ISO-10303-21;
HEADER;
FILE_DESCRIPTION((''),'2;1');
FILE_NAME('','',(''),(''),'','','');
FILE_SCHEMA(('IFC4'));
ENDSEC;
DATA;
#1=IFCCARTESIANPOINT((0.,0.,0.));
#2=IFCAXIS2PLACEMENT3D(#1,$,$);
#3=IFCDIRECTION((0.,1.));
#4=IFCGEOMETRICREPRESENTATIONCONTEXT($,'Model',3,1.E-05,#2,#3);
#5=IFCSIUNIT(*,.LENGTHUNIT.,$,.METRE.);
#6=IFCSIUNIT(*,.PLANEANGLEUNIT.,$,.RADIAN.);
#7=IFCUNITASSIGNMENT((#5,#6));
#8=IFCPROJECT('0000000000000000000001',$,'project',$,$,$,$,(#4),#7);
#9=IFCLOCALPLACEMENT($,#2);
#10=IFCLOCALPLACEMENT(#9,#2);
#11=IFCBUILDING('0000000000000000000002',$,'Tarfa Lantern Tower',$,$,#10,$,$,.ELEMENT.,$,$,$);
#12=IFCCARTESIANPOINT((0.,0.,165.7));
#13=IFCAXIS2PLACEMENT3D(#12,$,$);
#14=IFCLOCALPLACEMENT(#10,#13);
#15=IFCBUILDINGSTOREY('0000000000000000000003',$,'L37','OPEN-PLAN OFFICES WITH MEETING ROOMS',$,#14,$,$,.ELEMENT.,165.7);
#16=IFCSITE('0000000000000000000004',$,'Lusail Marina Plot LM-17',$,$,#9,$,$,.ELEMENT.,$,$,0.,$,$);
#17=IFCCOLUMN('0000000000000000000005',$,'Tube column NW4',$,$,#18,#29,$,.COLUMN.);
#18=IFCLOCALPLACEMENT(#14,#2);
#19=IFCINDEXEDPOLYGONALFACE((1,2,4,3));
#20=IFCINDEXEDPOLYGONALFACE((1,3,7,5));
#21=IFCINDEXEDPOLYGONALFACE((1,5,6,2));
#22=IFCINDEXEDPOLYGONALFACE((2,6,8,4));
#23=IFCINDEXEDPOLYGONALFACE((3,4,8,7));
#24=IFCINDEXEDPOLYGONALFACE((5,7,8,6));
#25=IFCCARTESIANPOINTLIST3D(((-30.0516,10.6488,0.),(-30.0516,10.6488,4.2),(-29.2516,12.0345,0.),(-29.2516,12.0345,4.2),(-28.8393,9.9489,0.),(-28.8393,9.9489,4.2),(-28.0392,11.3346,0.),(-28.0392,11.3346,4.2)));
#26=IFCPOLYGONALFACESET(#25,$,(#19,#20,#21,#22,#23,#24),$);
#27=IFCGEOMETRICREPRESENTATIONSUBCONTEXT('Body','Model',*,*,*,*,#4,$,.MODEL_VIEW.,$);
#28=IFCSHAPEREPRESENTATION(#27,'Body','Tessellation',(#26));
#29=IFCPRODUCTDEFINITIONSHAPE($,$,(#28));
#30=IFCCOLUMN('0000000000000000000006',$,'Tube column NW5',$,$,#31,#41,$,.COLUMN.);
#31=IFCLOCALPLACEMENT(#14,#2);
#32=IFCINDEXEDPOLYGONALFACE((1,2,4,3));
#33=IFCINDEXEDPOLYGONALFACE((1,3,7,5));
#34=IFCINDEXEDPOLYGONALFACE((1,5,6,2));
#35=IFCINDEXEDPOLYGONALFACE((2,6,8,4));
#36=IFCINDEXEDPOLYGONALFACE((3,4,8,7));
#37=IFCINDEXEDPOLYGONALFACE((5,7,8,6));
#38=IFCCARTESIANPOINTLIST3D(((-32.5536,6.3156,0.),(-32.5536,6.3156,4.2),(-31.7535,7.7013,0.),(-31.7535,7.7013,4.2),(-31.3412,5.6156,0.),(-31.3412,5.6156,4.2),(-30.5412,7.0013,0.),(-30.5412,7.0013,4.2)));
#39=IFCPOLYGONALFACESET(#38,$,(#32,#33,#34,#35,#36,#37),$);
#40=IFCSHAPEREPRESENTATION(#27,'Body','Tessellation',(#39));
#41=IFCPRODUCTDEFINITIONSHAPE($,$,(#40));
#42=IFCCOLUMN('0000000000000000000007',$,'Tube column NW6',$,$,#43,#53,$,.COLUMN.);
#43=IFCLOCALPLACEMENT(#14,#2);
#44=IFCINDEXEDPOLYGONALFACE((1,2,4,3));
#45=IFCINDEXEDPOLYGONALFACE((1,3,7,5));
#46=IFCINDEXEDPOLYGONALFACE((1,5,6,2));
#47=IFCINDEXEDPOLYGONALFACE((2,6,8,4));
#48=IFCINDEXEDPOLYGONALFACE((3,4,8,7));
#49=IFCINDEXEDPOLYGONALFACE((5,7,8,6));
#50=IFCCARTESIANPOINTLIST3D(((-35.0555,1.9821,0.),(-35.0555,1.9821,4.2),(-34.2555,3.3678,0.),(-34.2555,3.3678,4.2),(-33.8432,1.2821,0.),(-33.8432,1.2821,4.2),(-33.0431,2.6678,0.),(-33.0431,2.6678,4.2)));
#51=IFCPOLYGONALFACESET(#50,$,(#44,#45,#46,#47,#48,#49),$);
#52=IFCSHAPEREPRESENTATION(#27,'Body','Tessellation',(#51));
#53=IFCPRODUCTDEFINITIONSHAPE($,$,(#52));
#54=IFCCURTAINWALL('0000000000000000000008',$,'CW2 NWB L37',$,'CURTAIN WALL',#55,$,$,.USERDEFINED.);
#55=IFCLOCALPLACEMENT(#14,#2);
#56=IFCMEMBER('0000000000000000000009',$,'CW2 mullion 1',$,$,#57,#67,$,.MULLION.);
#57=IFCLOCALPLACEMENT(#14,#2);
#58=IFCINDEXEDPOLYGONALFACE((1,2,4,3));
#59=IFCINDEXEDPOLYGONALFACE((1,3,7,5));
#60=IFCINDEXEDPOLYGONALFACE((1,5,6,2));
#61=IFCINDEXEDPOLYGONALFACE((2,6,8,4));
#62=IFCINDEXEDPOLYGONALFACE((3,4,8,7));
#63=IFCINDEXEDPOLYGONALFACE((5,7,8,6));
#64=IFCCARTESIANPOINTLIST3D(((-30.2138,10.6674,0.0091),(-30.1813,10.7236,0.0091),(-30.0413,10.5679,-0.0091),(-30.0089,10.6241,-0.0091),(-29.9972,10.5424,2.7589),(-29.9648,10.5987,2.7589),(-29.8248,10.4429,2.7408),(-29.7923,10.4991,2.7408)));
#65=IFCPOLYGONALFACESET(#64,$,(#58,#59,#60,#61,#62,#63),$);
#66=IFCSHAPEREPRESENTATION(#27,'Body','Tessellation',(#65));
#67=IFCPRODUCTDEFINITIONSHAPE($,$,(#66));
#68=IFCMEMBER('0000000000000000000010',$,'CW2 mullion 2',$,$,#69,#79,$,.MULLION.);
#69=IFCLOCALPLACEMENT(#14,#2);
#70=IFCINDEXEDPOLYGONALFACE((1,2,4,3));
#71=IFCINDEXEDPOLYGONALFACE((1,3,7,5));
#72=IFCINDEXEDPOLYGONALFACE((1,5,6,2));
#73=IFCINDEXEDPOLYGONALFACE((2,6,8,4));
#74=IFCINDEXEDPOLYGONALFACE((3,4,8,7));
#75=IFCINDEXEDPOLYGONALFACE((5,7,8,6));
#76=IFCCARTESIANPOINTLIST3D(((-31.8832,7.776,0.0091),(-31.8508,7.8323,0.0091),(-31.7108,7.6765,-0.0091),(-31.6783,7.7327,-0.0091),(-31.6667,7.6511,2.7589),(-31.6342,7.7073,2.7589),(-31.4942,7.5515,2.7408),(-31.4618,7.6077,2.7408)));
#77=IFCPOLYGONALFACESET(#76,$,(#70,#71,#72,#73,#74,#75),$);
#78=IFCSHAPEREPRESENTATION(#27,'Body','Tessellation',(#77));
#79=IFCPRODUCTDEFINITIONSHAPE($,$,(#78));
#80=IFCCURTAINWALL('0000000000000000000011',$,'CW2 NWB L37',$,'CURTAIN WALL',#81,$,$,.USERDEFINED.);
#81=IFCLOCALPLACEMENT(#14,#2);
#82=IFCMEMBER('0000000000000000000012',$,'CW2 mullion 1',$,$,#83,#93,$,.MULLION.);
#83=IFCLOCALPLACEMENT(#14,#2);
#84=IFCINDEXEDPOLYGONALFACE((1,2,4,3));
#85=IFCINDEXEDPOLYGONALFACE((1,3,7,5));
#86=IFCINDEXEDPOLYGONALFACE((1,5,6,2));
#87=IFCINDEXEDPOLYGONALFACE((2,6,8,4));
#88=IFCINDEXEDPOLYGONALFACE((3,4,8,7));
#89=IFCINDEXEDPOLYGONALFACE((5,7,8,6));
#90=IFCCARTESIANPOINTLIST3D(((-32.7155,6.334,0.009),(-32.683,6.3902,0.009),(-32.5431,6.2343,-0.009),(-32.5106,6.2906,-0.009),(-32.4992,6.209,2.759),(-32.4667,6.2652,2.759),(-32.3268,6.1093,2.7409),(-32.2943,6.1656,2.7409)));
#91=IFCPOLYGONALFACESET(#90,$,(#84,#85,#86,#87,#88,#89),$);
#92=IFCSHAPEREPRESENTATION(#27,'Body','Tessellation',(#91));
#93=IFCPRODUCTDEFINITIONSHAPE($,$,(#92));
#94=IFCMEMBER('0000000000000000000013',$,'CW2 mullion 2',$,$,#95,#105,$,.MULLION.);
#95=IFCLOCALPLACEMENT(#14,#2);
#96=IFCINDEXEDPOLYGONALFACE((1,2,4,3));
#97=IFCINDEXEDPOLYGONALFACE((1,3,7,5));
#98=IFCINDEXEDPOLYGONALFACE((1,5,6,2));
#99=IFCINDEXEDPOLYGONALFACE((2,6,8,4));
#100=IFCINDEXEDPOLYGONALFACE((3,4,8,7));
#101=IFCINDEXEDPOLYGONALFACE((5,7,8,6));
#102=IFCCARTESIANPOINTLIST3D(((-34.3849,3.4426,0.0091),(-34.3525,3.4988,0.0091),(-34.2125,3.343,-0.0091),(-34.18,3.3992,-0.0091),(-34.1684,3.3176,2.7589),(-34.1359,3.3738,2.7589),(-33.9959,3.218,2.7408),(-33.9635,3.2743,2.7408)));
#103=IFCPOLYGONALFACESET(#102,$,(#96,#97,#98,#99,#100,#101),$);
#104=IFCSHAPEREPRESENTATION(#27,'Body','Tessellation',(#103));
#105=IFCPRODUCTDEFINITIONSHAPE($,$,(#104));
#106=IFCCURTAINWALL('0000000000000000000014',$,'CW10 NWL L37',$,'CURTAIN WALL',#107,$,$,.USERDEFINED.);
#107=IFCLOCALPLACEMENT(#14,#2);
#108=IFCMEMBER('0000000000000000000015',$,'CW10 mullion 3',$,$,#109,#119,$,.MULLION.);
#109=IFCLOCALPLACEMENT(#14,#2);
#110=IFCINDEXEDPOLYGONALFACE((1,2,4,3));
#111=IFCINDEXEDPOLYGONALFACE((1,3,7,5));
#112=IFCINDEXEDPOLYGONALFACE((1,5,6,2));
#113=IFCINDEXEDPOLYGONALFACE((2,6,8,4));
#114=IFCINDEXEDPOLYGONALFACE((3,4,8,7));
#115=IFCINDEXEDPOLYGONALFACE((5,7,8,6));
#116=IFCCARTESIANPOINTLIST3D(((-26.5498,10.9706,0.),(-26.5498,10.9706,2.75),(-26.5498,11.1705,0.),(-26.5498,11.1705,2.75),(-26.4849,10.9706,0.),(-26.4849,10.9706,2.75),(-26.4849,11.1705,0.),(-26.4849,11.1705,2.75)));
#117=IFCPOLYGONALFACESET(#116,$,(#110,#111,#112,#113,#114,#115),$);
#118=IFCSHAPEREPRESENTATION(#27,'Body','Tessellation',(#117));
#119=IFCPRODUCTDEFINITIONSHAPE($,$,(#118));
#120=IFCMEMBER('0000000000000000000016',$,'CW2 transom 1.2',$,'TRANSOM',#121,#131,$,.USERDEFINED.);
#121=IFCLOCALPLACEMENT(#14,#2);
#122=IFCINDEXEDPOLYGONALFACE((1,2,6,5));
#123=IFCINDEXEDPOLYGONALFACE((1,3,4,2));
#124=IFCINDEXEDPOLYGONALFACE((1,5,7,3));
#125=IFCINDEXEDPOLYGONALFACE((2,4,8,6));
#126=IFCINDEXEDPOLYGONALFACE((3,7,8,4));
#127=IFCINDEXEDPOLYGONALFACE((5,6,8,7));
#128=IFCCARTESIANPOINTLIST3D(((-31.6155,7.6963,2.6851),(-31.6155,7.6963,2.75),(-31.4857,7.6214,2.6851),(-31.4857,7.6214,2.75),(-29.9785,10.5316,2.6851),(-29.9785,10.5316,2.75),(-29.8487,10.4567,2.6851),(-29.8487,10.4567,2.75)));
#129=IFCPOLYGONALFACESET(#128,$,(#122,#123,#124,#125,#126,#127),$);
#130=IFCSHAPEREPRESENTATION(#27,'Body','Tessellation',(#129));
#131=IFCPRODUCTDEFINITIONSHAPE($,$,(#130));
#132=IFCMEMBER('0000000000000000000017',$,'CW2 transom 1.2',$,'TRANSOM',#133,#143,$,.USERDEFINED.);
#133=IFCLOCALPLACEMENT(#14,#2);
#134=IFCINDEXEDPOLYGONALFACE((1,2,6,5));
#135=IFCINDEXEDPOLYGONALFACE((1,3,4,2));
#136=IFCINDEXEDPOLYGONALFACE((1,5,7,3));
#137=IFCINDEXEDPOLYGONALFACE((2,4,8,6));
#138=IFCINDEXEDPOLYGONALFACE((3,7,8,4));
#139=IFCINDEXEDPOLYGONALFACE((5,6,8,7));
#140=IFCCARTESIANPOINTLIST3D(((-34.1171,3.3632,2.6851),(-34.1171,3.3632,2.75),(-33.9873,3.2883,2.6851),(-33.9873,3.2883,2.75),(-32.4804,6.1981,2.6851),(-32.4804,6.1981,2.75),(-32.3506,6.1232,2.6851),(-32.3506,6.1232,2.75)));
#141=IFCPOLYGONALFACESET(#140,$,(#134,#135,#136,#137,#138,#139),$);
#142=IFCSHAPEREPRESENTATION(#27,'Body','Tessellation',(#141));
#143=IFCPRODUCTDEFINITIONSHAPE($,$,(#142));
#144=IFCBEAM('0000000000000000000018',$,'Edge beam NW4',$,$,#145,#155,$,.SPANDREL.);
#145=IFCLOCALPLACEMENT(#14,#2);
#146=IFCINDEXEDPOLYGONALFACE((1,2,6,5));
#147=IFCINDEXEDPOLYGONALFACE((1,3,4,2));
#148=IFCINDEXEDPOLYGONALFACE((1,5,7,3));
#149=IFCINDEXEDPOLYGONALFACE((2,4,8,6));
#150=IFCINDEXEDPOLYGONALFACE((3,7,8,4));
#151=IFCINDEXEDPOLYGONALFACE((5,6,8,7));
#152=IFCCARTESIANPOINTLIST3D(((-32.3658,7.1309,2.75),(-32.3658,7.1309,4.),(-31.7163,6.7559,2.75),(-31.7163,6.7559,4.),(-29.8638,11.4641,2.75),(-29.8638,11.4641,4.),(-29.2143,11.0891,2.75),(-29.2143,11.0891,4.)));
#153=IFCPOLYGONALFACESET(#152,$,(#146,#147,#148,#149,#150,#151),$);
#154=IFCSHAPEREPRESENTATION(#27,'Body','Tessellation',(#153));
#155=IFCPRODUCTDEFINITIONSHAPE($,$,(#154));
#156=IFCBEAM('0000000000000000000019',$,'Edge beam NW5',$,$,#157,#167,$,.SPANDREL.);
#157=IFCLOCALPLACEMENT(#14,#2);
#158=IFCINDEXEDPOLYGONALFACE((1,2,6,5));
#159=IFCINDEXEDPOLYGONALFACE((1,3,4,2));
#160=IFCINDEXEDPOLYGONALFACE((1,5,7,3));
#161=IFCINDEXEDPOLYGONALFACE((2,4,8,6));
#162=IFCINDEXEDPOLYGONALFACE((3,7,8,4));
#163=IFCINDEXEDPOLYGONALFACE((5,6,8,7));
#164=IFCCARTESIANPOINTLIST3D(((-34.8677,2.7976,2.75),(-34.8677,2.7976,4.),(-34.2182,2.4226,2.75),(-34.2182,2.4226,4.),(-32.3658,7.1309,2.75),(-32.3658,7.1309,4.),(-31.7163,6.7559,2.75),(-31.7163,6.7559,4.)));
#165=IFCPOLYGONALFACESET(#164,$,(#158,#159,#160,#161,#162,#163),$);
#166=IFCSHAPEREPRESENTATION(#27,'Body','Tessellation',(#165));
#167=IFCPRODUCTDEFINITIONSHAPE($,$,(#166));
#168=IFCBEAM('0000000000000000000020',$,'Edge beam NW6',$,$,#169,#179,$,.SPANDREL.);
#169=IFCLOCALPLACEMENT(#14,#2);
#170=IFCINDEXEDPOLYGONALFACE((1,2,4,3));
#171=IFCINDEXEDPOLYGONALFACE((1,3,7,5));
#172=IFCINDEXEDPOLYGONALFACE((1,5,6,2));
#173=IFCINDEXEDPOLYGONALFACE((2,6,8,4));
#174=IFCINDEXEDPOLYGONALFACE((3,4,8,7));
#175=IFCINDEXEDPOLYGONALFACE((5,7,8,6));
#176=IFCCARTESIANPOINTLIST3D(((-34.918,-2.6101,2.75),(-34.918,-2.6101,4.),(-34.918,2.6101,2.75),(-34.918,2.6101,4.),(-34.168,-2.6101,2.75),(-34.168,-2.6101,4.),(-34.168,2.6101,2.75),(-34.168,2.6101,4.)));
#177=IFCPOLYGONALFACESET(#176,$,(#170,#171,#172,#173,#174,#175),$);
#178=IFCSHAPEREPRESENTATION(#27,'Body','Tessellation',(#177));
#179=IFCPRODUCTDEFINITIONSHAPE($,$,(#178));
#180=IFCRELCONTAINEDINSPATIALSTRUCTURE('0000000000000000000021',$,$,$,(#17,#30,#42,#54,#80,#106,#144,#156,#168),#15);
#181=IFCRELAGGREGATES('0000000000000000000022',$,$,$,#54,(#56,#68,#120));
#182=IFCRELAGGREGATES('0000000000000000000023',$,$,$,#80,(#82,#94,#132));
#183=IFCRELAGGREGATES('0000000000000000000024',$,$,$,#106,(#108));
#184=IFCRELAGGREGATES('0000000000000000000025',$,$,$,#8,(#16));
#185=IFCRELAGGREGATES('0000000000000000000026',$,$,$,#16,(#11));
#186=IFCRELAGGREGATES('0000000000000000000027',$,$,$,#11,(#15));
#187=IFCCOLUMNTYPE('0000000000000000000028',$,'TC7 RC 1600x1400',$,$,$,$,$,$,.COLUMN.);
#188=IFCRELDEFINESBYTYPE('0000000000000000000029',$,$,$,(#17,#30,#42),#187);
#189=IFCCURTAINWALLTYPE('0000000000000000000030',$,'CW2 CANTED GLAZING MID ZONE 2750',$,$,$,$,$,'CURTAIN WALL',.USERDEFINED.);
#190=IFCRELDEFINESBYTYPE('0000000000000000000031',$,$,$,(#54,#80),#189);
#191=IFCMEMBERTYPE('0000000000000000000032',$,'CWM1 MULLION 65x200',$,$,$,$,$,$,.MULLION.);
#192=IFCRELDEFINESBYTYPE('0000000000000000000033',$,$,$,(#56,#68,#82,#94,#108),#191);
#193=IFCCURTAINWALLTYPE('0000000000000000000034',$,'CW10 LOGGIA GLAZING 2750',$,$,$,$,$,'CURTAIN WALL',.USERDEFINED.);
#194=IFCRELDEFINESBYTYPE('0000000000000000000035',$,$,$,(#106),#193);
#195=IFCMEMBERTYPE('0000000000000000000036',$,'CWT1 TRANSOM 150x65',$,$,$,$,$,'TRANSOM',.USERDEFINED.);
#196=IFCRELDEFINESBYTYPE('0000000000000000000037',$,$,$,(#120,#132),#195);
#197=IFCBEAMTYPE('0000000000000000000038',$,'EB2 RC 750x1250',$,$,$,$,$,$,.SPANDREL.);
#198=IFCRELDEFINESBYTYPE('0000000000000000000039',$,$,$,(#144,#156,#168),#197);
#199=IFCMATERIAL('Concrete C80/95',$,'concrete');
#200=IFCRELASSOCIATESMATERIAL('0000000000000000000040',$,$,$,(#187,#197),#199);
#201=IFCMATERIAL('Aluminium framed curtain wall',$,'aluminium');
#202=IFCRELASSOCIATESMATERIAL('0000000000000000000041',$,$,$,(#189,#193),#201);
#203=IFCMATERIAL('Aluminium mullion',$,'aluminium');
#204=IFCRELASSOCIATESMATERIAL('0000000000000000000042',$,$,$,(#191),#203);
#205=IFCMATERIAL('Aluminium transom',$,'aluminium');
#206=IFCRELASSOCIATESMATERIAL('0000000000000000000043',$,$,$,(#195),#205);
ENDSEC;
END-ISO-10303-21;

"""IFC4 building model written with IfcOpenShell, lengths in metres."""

from ifc_helpers import new_model, si_unit, direction, frame, origin, origin_2d, place, context, subcontext, project, spatial, rectangle, extrude, material, material_profile, profile_set, type_object, element, aggregate, save


model = new_model("IFC4")

# Units and contexts
model_context = context("Model", 3, precision=1e-05, world=origin(), true_north=direction((0.0, 1.0)))
body_context = subcontext(model_context, "Body", "Model", "MODEL_VIEW")
ifc_project = project(units=[si_unit("LENGTHUNIT", "METRE"), si_unit("PLANEANGLEUNIT", "RADIAN")], contexts=[model_context])

# Site, building, storey
site_placement = place(None, origin())
site = spatial("IfcSite", under=ifc_project, at=site_placement, Name="Lusail Marina Plot LM-17", CompositionType="ELEMENT", RefElevation=0.0)
building_placement = place(site_placement, origin())
building = spatial("IfcBuilding", under=site, at=building_placement, Name="Tarfa Lantern Tower", CompositionType="ELEMENT")
storey_placement = place(building_placement, frame((0.0, 0.0, 165.7)))
storey = spatial("IfcBuildingStorey", under=building, at=storey_placement, Name="L37", Description="OPEN-PLAN OFFICES WITH MEETING ROOMS", CompositionType="ELEMENT", Elevation=165.7)

# Columns
ifc_material_1 = material(Name="Concrete C80/95", Category="concrete")
ifc_material_profile_1 = material_profile(ifc_material_1, rectangle(XDim=1.6001, YDim=1.3999, at=origin_2d()), Name="RC 1600x1400")
ifc_profile_set_1 = profile_set([ifc_material_profile_1], Name="Concrete C80/95")
column_type = type_object("IfcColumnType", Name="TC7 RC 1600x1400", PredefinedType="COLUMN", material=ifc_profile_set_1)
for number, where, z_axis, x_axis, name in (
    (1, (-29.0454, 10.9917, 0.0), (0.0, 0.0, 1.0), (-0.5, -0.866025, 0.0), "Tube column NW4"),
    (2, (-31.5474, 6.6584, 0.0), (0.0, 0.0, 1.0), (-0.5, -0.866025, 0.0), "Tube column NW5"),
    (3, (-34.0493, 2.325, 0.0), (0.0, 0.0, 1.0), (-0.5, -0.866025, 0.0), "Tube column NW6"),
):
    element("IfcColumn", number, at=place(storey_placement, frame(where, z_axis=z_axis, x_axis=x_axis)), inside=storey, type_object=column_type, Name=name, PredefinedType="COLUMN", context=body_context, shape_type="SweptSolid", body=[
        extrude(rectangle(XDim=1.6001, YDim=1.3999, at=origin_2d()), origin(), (0.0, 0.0, 1.0), 4.2),
    ])

# Curtain walls, members
ifc_material_2 = material(Name="Aluminium framed curtain wall", Category="aluminium")
curtain_wall_type_1 = type_object("IfcCurtainWallType", Name="CW2 CANTED GLAZING MID ZONE 2750", ElementType="CURTAIN WALL", PredefinedType="USERDEFINED", material=ifc_material_2)
curtain_wall_1_placement = place(storey_placement, origin())
curtain_wall_1 = element("IfcCurtainWall", 4, at=curtain_wall_1_placement, inside=storey, type_object=curtain_wall_type_1, Name="CW2 NWB L37", ObjectType="CURTAIN WALL", PredefinedType="USERDEFINED")
ifc_material_3 = material(Name="Aluminium mullion", Category="aluminium")
ifc_material_profile_2 = material_profile(ifc_material_3, rectangle(XDim=0.0649, YDim=0.2, at=origin_2d()), Name="AL MULLION 65x200")
ifc_profile_set_2 = profile_set([ifc_material_profile_2], Name="Aluminium mullion")
member_type_1 = type_object("IfcMemberType", Name="CWM1 MULLION 65x200", PredefinedType="MULLION", material=ifc_profile_set_2)
member_1_placement = place(storey_placement, frame((-30.1113, 10.6458, 0.0), z_axis=(0.078423, -0.045268, 0.995892), x_axis=(0.49992, 0.866072, 0.0)))
member_1 = element("IfcMember", 5, at=member_1_placement, type_object=member_type_1, Name="CW2 mullion 1", PredefinedType="MULLION", context=body_context, shape_type="SweptSolid", body=[
    extrude(rectangle(XDim=0.0649, YDim=0.2, at=origin_2d()), origin(), (0.0, 0.0, 1.0), 2.7612),
])
member_2_placement = place(storey_placement, frame((-31.7808, 7.7544, 0.0), z_axis=(0.078423, -0.045268, 0.995892), x_axis=(0.49992, 0.866072, 0.0)))
member_2 = element("IfcMember", 6, at=member_2_placement, type_object=member_type_1, Name="CW2 mullion 2", PredefinedType="MULLION", context=body_context, shape_type="SweptSolid", body=[
    extrude(rectangle(XDim=0.0649, YDim=0.2, at=origin_2d()), origin(), (0.0, 0.0, 1.0), 2.7612),
])
curtain_wall_2_placement = place(storey_placement, origin())
curtain_wall_2 = element("IfcCurtainWall", 7, at=curtain_wall_2_placement, inside=storey, type_object=curtain_wall_type_1, Name="CW2 NWB L37", ObjectType="CURTAIN WALL", PredefinedType="USERDEFINED")
member_3_placement = place(storey_placement, frame((-32.613, 6.3123, 0.0), z_axis=(0.078335, -0.045268, 0.995899), x_axis=(0.500343, 0.865827, 0.0)))
member_3 = element("IfcMember", 8, at=member_3_placement, type_object=member_type_1, Name="CW2 mullion 1", PredefinedType="MULLION", context=body_context, shape_type="SweptSolid", body=[
    extrude(rectangle(XDim=0.0649, YDim=0.2, at=origin_2d()), origin(), (0.0, 0.0, 1.0), 2.7612),
])
member_4_placement = place(storey_placement, frame((-34.2825, 3.4209, 0.0), z_axis=(0.078423, -0.045268, 0.995892), x_axis=(0.49992, 0.866072, 0.0)))
member_4 = element("IfcMember", 9, at=member_4_placement, type_object=member_type_1, Name="CW2 mullion 2", PredefinedType="MULLION", context=body_context, shape_type="SweptSolid", body=[
    extrude(rectangle(XDim=0.0649, YDim=0.2, at=origin_2d()), origin(), (0.0, 0.0, 1.0), 2.7612),
])

# Curtain wall, member
curtain_wall_type_2 = type_object("IfcCurtainWallType", Name="CW10 LOGGIA GLAZING 2750", ElementType="CURTAIN WALL", PredefinedType="USERDEFINED", material=ifc_material_2)
curtain_wall_3_placement = place(storey_placement, origin())
curtain_wall_3 = element("IfcCurtainWall", 10, at=curtain_wall_3_placement, inside=storey, type_object=curtain_wall_type_2, Name="CW10 NWL L37", ObjectType="CURTAIN WALL", PredefinedType="USERDEFINED")
member_5_placement = place(storey_placement, frame((-26.5173, 11.0706, 0.0), z_axis=(0.0, 0.0, 1.0), x_axis=(1.0, 0.0, 0.0)))
member_5 = element("IfcMember", 11, at=member_5_placement, type_object=member_type_1, Name="CW10 mullion 3", PredefinedType="MULLION", context=body_context, shape_type="SweptSolid", body=[
    extrude(rectangle(XDim=0.0649, YDim=0.2, at=origin_2d()), origin(), (0.0, 0.0, 1.0), 2.75),
])

# Members
ifc_material_4 = material(Name="Aluminium transom", Category="aluminium")
ifc_material_profile_3 = material_profile(ifc_material_4, rectangle(XDim=0.1499, YDim=0.0649, at=origin_2d()), Name="AL TRANSOM 150x65")
ifc_profile_set_3 = profile_set([ifc_material_profile_3], Name="Aluminium transom")
member_type_2 = type_object("IfcMemberType", Name="CWT1 TRANSOM 150x65", ElementType="TRANSOM", PredefinedType="USERDEFINED", material=ifc_profile_set_3)
member_6_placement = place(storey_placement, frame((-29.9136, 10.4941, 2.7175), z_axis=(-0.500013, -0.866018, 0.0), x_axis=(0.866018, -0.500013, 0.0)))
member_6 = element("IfcMember", 12, at=member_6_placement, type_object=member_type_2, Name="CW2 transom 1.2", ObjectType="TRANSOM", PredefinedType="USERDEFINED", context=body_context, shape_type="SweptSolid", body=[
    extrude(rectangle(XDim=0.1499, YDim=0.0649, at=origin_2d()), origin(), (0.0, 0.0, 1.0), 3.2739),
])
member_7_placement = place(storey_placement, frame((-32.4155, 6.1606, 2.7175), z_axis=(-0.499989, -0.866032, 0.0), x_axis=(0.866032, -0.499989, 0.0)))
member_7 = element("IfcMember", 13, at=member_7_placement, type_object=member_type_2, Name="CW2 transom 1.2", ObjectType="TRANSOM", PredefinedType="USERDEFINED", context=body_context, shape_type="SweptSolid", body=[
    extrude(rectangle(XDim=0.1499, YDim=0.0649, at=origin_2d()), origin(), (0.0, 0.0, 1.0), 3.2734),
])

# Beams
ifc_material_profile_4 = material_profile(ifc_material_1, rectangle(XDim=0.75, YDim=1.25, at=origin_2d()), Name="RC 750x1250")
ifc_profile_set_4 = profile_set([ifc_material_profile_4], Name="Concrete C80/95")
beam_type_1 = type_object("IfcBeamType", Name="EB2 RC 750x1250", PredefinedType="SPANDREL", material=ifc_profile_set_4)
for number, where, z_axis, x_axis, name in (
    (14, (-29.5391, 11.2766, 3.375), (-0.500022, -0.866013, 0.0), (0.866013, -0.500022, 0.0), "Edge beam NW4"),
    (15, (-32.041, 6.9434, 3.375), (-0.500022, -0.866013, 0.0), (0.866013, -0.500022, 0.0), "Edge beam NW5"),
):
    element("IfcBeam", number, at=place(storey_placement, frame(where, z_axis=z_axis, x_axis=x_axis)), inside=storey, type_object=beam_type_1, Name=name, PredefinedType="SPANDREL", context=body_context, shape_type="SweptSolid", body=[
        extrude(rectangle(XDim=0.75, YDim=1.25, at=origin_2d()), origin(), (0.0, 0.0, 1.0), 5.0037),
    ])
beam_1_placement = place(storey_placement, frame((-34.543, 2.6101, 3.375), z_axis=(0.0, -1.0, 0.0), x_axis=(1.0, 0.0, 0.0)))
element("IfcBeam", 16, at=beam_1_placement, inside=storey, type_object=beam_type_1, Name="Edge beam NW6", PredefinedType="SPANDREL", context=body_context, shape_type="SweptSolid", body=[
    extrude(rectangle(XDim=0.75, YDim=1.25, at=origin_2d()), origin(), (0.0, 0.0, 1.0), 5.2202),
])

aggregate(curtain_wall_1, [member_1, member_2, member_6])
aggregate(curtain_wall_2, [member_3, member_4, member_7])
aggregate(curtain_wall_3, [member_5])

save(model, "model.ifc")
